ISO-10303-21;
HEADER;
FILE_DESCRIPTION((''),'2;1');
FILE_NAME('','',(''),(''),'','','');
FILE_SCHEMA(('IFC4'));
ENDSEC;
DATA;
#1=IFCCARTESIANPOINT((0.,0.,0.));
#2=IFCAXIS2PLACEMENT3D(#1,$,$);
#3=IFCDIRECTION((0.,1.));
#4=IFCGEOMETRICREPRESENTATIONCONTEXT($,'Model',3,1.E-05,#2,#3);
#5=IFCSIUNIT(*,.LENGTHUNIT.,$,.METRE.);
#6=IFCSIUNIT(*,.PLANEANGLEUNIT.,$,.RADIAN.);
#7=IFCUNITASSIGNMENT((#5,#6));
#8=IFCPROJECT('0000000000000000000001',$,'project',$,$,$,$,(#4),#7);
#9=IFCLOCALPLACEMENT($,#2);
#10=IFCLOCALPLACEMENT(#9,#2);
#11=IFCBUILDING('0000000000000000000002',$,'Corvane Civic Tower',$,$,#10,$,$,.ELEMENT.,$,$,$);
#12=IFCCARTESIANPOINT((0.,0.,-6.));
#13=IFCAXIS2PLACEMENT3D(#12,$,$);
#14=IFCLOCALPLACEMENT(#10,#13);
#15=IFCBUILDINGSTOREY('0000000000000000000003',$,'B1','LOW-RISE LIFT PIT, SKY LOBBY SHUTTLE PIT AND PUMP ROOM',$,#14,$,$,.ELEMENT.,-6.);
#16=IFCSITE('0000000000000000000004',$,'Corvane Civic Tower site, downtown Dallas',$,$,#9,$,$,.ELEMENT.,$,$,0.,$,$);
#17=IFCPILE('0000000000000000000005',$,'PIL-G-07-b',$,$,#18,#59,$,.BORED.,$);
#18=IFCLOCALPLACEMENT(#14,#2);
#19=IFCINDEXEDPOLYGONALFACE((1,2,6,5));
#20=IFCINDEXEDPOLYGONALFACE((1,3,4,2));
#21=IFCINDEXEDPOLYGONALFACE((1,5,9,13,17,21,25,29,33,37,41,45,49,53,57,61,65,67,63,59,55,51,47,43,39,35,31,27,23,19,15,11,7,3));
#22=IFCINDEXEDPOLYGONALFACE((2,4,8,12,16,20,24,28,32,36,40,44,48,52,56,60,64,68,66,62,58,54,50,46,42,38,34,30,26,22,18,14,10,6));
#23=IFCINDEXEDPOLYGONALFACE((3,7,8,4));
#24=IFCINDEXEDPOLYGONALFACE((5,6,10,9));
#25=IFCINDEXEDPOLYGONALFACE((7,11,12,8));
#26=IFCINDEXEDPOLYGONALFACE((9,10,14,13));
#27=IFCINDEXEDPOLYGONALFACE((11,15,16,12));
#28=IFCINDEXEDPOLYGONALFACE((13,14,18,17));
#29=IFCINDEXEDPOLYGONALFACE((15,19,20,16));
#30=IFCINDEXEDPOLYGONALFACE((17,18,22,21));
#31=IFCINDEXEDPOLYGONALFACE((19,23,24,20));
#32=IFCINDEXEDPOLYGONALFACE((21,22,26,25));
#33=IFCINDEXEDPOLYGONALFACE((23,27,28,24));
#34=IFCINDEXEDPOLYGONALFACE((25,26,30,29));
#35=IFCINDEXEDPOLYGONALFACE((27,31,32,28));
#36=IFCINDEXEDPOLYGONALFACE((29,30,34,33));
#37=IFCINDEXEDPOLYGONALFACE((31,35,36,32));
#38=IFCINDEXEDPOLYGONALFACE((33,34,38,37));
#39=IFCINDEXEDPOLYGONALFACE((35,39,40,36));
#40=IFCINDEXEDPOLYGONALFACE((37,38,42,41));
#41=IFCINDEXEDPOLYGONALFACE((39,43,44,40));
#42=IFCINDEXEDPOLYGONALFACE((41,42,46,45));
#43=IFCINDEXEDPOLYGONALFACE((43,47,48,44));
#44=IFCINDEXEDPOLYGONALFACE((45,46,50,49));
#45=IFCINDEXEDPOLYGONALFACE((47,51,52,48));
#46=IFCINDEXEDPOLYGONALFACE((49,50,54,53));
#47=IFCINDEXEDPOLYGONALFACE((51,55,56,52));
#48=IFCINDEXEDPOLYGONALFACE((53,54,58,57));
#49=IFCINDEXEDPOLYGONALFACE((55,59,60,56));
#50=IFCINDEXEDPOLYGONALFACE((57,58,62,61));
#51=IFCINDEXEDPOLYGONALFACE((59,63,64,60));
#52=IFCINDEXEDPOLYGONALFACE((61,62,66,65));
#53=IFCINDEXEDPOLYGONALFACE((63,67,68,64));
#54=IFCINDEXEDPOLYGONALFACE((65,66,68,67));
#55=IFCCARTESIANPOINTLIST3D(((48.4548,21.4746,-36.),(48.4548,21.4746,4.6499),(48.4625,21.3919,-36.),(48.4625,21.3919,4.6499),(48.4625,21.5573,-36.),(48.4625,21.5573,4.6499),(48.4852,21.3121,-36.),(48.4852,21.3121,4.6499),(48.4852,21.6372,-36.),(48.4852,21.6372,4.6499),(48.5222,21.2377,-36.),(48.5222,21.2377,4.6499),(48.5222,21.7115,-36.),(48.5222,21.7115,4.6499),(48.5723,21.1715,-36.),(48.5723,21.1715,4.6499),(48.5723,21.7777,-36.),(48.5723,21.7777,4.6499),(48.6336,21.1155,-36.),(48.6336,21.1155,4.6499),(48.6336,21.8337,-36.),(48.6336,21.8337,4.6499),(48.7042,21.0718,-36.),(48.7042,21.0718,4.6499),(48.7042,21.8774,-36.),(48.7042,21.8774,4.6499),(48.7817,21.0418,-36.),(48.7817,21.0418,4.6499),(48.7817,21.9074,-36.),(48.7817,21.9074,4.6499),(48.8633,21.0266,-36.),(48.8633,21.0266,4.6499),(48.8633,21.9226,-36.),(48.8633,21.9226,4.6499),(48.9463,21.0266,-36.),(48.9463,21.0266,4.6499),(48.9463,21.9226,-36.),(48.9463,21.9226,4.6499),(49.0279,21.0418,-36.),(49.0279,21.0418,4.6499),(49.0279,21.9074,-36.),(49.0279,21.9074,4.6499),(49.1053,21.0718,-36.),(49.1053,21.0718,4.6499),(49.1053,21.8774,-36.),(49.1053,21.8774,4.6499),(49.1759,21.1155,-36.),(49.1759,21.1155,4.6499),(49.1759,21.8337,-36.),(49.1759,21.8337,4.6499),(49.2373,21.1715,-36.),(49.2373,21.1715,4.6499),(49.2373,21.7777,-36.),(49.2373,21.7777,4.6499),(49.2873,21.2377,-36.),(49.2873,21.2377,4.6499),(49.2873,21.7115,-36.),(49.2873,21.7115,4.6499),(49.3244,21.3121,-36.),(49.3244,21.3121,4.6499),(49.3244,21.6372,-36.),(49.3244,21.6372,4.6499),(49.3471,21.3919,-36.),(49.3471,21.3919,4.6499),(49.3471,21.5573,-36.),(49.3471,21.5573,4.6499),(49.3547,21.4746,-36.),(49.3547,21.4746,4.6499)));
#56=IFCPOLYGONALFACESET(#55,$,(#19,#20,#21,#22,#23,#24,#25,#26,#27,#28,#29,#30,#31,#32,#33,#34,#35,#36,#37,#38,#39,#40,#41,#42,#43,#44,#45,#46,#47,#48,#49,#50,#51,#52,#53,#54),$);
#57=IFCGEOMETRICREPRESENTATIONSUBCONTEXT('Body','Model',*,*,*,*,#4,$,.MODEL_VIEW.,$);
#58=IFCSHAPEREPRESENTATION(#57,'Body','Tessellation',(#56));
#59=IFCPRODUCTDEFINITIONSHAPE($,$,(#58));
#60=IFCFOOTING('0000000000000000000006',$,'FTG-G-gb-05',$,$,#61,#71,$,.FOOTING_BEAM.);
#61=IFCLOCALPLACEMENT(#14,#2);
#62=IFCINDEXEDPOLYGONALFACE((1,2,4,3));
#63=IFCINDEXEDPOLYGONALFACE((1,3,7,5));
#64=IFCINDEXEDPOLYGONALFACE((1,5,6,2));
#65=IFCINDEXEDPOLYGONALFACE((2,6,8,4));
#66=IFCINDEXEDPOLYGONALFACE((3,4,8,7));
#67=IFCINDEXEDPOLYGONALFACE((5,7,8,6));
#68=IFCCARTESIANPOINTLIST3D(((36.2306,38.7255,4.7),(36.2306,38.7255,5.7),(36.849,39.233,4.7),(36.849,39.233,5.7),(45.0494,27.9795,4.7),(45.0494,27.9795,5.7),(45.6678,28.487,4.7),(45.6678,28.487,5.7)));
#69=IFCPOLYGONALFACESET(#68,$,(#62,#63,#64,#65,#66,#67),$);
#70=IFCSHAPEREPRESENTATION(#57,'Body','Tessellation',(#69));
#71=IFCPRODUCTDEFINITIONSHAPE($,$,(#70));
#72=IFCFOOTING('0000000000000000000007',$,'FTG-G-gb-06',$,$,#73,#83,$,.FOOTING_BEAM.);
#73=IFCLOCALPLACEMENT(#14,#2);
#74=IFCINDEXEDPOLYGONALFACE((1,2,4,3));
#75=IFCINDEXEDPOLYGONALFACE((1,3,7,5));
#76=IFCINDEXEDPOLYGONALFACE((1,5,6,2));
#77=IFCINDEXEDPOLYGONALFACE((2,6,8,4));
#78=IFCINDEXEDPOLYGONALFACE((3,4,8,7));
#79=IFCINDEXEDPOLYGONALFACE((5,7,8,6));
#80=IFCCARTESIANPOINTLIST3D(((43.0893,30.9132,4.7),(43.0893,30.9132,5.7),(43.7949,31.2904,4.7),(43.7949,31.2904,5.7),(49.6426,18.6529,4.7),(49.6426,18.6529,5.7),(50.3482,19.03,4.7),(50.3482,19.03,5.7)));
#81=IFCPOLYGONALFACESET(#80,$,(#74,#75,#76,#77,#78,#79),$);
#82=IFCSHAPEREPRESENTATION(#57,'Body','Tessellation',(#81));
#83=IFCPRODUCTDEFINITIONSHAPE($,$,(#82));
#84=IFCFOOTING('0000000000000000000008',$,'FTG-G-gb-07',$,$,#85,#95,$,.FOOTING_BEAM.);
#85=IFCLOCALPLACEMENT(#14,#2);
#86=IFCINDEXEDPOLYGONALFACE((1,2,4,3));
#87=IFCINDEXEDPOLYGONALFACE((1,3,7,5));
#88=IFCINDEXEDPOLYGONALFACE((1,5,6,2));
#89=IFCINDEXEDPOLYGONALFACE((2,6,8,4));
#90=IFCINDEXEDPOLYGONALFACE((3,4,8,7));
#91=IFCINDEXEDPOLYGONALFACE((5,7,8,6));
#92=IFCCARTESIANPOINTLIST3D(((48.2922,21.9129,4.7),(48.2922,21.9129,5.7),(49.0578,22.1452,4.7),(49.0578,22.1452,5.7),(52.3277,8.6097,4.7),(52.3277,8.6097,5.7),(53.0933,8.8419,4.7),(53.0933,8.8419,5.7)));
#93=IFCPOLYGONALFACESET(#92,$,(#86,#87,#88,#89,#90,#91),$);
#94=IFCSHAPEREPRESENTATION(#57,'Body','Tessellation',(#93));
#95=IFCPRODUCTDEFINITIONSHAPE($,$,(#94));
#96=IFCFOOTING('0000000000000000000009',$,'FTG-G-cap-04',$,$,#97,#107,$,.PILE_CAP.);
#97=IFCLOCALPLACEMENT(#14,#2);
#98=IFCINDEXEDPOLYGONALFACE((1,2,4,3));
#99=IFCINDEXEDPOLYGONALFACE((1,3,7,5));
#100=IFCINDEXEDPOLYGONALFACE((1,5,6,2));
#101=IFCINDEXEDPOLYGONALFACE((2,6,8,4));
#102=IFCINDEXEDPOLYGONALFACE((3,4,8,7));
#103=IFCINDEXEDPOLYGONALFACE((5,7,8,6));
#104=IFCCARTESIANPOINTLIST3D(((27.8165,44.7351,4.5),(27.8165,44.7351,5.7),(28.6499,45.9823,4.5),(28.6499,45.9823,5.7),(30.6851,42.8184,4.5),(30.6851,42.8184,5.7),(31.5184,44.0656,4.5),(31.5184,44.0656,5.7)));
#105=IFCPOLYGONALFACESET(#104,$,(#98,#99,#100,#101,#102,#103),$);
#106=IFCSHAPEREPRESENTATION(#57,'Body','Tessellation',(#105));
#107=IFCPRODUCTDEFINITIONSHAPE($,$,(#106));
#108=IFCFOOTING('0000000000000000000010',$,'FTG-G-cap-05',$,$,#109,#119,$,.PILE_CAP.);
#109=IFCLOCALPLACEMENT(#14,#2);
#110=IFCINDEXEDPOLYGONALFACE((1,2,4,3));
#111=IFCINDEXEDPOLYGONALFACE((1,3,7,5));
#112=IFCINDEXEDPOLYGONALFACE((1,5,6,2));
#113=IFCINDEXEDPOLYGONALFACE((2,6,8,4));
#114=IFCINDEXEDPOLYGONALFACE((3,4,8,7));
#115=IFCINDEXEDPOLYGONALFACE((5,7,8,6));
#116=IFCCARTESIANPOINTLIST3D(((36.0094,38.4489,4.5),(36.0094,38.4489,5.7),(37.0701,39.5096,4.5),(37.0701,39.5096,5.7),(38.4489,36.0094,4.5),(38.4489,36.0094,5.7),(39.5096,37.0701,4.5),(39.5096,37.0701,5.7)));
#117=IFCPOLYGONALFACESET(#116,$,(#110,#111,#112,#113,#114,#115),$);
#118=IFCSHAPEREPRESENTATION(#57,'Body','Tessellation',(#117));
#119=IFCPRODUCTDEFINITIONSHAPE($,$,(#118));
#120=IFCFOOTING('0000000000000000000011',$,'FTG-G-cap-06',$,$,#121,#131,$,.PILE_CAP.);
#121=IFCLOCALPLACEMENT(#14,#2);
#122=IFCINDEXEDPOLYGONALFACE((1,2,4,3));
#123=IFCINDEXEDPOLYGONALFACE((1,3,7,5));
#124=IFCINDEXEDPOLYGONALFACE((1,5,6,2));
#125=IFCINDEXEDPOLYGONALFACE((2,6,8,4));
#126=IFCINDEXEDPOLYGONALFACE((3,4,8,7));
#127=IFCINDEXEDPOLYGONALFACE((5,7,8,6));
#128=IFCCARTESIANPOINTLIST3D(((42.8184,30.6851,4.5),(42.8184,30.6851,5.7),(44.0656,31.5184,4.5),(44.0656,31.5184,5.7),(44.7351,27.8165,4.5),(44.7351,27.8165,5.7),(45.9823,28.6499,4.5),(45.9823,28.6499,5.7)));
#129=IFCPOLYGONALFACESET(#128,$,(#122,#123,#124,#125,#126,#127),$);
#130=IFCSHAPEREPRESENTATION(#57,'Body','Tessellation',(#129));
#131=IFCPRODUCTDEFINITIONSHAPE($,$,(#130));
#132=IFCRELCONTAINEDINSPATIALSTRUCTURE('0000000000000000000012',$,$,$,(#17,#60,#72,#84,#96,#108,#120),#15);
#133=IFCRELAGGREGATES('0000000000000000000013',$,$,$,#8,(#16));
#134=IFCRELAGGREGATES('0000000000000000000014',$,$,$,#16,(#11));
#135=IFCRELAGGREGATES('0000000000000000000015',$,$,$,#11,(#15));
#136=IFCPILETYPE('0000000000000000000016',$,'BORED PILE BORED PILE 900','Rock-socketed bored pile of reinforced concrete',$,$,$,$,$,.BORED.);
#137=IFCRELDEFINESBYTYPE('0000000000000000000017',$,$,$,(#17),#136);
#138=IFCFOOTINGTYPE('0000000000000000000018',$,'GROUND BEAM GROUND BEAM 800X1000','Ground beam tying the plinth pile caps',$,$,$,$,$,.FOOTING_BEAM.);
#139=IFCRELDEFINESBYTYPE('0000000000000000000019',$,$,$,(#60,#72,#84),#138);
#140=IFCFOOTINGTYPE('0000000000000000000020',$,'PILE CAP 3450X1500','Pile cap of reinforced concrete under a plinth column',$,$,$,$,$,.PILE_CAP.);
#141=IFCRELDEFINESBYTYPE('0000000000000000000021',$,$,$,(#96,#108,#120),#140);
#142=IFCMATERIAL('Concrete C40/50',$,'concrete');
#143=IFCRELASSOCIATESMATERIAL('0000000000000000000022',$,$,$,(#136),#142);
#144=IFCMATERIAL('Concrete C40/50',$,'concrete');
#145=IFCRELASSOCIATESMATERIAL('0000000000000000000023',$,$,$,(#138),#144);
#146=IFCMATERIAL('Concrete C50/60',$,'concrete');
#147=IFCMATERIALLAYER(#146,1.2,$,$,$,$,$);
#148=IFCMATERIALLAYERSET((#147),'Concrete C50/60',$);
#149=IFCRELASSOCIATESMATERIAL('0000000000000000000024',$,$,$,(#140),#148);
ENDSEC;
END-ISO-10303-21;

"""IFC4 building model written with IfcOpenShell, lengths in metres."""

from ifc_helpers import new_model, si_unit, direction, frame, origin, origin_2d, place, context, subcontext, project, spatial, rectangle, circle, extrude, material, layer, layer_set, material_profile, profile_set, type_object, element, save


model = new_model("IFC4")

# Units and contexts
model_context = context("Model", 3, precision=1e-05, world=origin(), true_north=direction((0.0, 1.0)))
body_context = subcontext(model_context, "Body", "Model", "MODEL_VIEW")
ifc_project = project(units=[si_unit("LENGTHUNIT", "METRE"), si_unit("PLANEANGLEUNIT", "RADIAN")], contexts=[model_context])

# Site, building, storey
site_placement = place(None, origin())
site = spatial("IfcSite", under=ifc_project, at=site_placement, Name="Corvane Civic Tower site, downtown Dallas", CompositionType="ELEMENT", RefElevation=0.0)
building_placement = place(site_placement, origin())
building = spatial("IfcBuilding", under=site, at=building_placement, Name="Corvane Civic Tower", CompositionType="ELEMENT")
storey_placement = place(building_placement, frame((0.0, 0.0, -6.0)))
storey = spatial("IfcBuildingStorey", under=building, at=storey_placement, Name="B1", Description="LOW-RISE LIFT PIT, SKY LOBBY SHUTTLE PIT AND PUMP ROOM", CompositionType="ELEMENT", Elevation=-6.0)

# Pile
ifc_material_1 = material(Name="Concrete C40/50", Category="concrete")
ifc_material_profile_1 = material_profile(ifc_material_1, circle(Radius=0.45, at=origin_2d()), Name="BORED PILE 900")
ifc_profile_set_1 = profile_set([ifc_material_profile_1], Name="Concrete C40/50")
pile_type_1 = type_object("IfcPileType", Name="BORED PILE BORED PILE 900", Description="Rock-socketed bored pile of reinforced concrete", PredefinedType="BORED", material=ifc_profile_set_1)
for number, where, z_axis, x_axis, name in (
    (1, (48.9048, 21.4746, 4.6499), (0.0, 0.0, -1.0), (1.0, 0.0, 0.0), "PIL-G-07-b"),
):
    element("IfcPile", number, at=place(storey_placement, frame(where, z_axis=z_axis, x_axis=x_axis)), inside=storey, type_object=pile_type_1, Name=name, PredefinedType="BORED", context=body_context, shape_type="SweptSolid", body=[
        extrude(circle(Radius=0.45, at=origin_2d()), origin(), (0.0, 0.0, 1.0), 40.6499),
    ])

# Footings
ifc_material_2 = material(Name="Concrete C40/50", Category="concrete")
ifc_material_profile_2 = material_profile(ifc_material_2, rectangle(XDim=0.8, YDim=1.0, at=origin_2d()), Name="GROUND BEAM 800X1000")
ifc_profile_set_2 = profile_set([ifc_material_profile_2], Name="Concrete C40/50")
footing_type_1 = type_object("IfcFootingType", Name="GROUND BEAM GROUND BEAM 800X1000", Description="Ground beam tying the plinth pile caps", PredefinedType="FOOTING_BEAM", material=ifc_profile_set_2)
footing_placement = place(storey_placement, frame((36.5398, 38.9792, 5.2), z_axis=(0.634383, -0.773019, 0.0), x_axis=(0.773019, 0.634383, 0.0)))
element("IfcFooting", 2, at=footing_placement, inside=storey, type_object=footing_type_1, Name="FTG-G-gb-05", PredefinedType="FOOTING_BEAM", context=body_context, shape_type="SweptSolid", body=[
    extrude(rectangle(XDim=0.8, YDim=1.0, at=origin_2d()), origin(), (0.0, 0.0, 1.0), 13.9014),
])
for number, where, z_axis, x_axis, name in (
    (3, (43.4421, 31.1018, 5.2), (0.471396, -0.881922, 0.0), (0.881922, 0.471396, 0.0), "FTG-G-gb-06"),
    (4, (48.675, 22.0291, 5.2), (0.290279, -0.956942, 0.0), (0.956942, 0.290279, 0.0), "FTG-G-gb-07"),
):
    element("IfcFooting", number, at=place(storey_placement, frame(where, z_axis=z_axis, x_axis=x_axis)), inside=storey, type_object=footing_type_1, Name=name, PredefinedType="FOOTING_BEAM", context=body_context, shape_type="SweptSolid", body=[
        extrude(rectangle(XDim=0.8, YDim=1.0, at=origin_2d()), origin(), (0.0, 0.0, 1.0), 13.9019),
    ])
ifc_material_3 = material(Name="Concrete C50/60", Category="concrete")
ifc_layer = layer(ifc_material_3, 1.2)
ifc_layer_set = layer_set([ifc_layer], Name="Concrete C50/60")
footing_type_2 = type_object("IfcFootingType", Name="PILE CAP 3450X1500", Description="Pile cap of reinforced concrete under a plinth column", PredefinedType="PILE_CAP", material=ifc_layer_set)
for number, where, z_axis, x_axis, name in (
    (5, (29.6675, 44.4004, 4.5), (0.0, 0.0, 1.0), (-0.83147, 0.55557, 0.0), "FTG-G-cap-04"),
    (6, (37.7595, 37.7595, 4.5), (0.0, 0.0, 1.0), (-0.707107, 0.707107, 0.0), "FTG-G-cap-05"),
    (7, (44.4004, 29.6675, 4.5), (0.0, 0.0, 1.0), (-0.55557, 0.83147, 0.0), "FTG-G-cap-06"),
):
    element("IfcFooting", number, at=place(storey_placement, frame(where, z_axis=z_axis, x_axis=x_axis)), inside=storey, type_object=footing_type_2, Name=name, PredefinedType="PILE_CAP", context=body_context, shape_type="SweptSolid", body=[
        extrude(rectangle(XDim=3.45, YDim=1.5, at=origin_2d()), origin(), (0.0, 0.0, 1.0), 1.2),
    ])

save(model, "model.ifc")
